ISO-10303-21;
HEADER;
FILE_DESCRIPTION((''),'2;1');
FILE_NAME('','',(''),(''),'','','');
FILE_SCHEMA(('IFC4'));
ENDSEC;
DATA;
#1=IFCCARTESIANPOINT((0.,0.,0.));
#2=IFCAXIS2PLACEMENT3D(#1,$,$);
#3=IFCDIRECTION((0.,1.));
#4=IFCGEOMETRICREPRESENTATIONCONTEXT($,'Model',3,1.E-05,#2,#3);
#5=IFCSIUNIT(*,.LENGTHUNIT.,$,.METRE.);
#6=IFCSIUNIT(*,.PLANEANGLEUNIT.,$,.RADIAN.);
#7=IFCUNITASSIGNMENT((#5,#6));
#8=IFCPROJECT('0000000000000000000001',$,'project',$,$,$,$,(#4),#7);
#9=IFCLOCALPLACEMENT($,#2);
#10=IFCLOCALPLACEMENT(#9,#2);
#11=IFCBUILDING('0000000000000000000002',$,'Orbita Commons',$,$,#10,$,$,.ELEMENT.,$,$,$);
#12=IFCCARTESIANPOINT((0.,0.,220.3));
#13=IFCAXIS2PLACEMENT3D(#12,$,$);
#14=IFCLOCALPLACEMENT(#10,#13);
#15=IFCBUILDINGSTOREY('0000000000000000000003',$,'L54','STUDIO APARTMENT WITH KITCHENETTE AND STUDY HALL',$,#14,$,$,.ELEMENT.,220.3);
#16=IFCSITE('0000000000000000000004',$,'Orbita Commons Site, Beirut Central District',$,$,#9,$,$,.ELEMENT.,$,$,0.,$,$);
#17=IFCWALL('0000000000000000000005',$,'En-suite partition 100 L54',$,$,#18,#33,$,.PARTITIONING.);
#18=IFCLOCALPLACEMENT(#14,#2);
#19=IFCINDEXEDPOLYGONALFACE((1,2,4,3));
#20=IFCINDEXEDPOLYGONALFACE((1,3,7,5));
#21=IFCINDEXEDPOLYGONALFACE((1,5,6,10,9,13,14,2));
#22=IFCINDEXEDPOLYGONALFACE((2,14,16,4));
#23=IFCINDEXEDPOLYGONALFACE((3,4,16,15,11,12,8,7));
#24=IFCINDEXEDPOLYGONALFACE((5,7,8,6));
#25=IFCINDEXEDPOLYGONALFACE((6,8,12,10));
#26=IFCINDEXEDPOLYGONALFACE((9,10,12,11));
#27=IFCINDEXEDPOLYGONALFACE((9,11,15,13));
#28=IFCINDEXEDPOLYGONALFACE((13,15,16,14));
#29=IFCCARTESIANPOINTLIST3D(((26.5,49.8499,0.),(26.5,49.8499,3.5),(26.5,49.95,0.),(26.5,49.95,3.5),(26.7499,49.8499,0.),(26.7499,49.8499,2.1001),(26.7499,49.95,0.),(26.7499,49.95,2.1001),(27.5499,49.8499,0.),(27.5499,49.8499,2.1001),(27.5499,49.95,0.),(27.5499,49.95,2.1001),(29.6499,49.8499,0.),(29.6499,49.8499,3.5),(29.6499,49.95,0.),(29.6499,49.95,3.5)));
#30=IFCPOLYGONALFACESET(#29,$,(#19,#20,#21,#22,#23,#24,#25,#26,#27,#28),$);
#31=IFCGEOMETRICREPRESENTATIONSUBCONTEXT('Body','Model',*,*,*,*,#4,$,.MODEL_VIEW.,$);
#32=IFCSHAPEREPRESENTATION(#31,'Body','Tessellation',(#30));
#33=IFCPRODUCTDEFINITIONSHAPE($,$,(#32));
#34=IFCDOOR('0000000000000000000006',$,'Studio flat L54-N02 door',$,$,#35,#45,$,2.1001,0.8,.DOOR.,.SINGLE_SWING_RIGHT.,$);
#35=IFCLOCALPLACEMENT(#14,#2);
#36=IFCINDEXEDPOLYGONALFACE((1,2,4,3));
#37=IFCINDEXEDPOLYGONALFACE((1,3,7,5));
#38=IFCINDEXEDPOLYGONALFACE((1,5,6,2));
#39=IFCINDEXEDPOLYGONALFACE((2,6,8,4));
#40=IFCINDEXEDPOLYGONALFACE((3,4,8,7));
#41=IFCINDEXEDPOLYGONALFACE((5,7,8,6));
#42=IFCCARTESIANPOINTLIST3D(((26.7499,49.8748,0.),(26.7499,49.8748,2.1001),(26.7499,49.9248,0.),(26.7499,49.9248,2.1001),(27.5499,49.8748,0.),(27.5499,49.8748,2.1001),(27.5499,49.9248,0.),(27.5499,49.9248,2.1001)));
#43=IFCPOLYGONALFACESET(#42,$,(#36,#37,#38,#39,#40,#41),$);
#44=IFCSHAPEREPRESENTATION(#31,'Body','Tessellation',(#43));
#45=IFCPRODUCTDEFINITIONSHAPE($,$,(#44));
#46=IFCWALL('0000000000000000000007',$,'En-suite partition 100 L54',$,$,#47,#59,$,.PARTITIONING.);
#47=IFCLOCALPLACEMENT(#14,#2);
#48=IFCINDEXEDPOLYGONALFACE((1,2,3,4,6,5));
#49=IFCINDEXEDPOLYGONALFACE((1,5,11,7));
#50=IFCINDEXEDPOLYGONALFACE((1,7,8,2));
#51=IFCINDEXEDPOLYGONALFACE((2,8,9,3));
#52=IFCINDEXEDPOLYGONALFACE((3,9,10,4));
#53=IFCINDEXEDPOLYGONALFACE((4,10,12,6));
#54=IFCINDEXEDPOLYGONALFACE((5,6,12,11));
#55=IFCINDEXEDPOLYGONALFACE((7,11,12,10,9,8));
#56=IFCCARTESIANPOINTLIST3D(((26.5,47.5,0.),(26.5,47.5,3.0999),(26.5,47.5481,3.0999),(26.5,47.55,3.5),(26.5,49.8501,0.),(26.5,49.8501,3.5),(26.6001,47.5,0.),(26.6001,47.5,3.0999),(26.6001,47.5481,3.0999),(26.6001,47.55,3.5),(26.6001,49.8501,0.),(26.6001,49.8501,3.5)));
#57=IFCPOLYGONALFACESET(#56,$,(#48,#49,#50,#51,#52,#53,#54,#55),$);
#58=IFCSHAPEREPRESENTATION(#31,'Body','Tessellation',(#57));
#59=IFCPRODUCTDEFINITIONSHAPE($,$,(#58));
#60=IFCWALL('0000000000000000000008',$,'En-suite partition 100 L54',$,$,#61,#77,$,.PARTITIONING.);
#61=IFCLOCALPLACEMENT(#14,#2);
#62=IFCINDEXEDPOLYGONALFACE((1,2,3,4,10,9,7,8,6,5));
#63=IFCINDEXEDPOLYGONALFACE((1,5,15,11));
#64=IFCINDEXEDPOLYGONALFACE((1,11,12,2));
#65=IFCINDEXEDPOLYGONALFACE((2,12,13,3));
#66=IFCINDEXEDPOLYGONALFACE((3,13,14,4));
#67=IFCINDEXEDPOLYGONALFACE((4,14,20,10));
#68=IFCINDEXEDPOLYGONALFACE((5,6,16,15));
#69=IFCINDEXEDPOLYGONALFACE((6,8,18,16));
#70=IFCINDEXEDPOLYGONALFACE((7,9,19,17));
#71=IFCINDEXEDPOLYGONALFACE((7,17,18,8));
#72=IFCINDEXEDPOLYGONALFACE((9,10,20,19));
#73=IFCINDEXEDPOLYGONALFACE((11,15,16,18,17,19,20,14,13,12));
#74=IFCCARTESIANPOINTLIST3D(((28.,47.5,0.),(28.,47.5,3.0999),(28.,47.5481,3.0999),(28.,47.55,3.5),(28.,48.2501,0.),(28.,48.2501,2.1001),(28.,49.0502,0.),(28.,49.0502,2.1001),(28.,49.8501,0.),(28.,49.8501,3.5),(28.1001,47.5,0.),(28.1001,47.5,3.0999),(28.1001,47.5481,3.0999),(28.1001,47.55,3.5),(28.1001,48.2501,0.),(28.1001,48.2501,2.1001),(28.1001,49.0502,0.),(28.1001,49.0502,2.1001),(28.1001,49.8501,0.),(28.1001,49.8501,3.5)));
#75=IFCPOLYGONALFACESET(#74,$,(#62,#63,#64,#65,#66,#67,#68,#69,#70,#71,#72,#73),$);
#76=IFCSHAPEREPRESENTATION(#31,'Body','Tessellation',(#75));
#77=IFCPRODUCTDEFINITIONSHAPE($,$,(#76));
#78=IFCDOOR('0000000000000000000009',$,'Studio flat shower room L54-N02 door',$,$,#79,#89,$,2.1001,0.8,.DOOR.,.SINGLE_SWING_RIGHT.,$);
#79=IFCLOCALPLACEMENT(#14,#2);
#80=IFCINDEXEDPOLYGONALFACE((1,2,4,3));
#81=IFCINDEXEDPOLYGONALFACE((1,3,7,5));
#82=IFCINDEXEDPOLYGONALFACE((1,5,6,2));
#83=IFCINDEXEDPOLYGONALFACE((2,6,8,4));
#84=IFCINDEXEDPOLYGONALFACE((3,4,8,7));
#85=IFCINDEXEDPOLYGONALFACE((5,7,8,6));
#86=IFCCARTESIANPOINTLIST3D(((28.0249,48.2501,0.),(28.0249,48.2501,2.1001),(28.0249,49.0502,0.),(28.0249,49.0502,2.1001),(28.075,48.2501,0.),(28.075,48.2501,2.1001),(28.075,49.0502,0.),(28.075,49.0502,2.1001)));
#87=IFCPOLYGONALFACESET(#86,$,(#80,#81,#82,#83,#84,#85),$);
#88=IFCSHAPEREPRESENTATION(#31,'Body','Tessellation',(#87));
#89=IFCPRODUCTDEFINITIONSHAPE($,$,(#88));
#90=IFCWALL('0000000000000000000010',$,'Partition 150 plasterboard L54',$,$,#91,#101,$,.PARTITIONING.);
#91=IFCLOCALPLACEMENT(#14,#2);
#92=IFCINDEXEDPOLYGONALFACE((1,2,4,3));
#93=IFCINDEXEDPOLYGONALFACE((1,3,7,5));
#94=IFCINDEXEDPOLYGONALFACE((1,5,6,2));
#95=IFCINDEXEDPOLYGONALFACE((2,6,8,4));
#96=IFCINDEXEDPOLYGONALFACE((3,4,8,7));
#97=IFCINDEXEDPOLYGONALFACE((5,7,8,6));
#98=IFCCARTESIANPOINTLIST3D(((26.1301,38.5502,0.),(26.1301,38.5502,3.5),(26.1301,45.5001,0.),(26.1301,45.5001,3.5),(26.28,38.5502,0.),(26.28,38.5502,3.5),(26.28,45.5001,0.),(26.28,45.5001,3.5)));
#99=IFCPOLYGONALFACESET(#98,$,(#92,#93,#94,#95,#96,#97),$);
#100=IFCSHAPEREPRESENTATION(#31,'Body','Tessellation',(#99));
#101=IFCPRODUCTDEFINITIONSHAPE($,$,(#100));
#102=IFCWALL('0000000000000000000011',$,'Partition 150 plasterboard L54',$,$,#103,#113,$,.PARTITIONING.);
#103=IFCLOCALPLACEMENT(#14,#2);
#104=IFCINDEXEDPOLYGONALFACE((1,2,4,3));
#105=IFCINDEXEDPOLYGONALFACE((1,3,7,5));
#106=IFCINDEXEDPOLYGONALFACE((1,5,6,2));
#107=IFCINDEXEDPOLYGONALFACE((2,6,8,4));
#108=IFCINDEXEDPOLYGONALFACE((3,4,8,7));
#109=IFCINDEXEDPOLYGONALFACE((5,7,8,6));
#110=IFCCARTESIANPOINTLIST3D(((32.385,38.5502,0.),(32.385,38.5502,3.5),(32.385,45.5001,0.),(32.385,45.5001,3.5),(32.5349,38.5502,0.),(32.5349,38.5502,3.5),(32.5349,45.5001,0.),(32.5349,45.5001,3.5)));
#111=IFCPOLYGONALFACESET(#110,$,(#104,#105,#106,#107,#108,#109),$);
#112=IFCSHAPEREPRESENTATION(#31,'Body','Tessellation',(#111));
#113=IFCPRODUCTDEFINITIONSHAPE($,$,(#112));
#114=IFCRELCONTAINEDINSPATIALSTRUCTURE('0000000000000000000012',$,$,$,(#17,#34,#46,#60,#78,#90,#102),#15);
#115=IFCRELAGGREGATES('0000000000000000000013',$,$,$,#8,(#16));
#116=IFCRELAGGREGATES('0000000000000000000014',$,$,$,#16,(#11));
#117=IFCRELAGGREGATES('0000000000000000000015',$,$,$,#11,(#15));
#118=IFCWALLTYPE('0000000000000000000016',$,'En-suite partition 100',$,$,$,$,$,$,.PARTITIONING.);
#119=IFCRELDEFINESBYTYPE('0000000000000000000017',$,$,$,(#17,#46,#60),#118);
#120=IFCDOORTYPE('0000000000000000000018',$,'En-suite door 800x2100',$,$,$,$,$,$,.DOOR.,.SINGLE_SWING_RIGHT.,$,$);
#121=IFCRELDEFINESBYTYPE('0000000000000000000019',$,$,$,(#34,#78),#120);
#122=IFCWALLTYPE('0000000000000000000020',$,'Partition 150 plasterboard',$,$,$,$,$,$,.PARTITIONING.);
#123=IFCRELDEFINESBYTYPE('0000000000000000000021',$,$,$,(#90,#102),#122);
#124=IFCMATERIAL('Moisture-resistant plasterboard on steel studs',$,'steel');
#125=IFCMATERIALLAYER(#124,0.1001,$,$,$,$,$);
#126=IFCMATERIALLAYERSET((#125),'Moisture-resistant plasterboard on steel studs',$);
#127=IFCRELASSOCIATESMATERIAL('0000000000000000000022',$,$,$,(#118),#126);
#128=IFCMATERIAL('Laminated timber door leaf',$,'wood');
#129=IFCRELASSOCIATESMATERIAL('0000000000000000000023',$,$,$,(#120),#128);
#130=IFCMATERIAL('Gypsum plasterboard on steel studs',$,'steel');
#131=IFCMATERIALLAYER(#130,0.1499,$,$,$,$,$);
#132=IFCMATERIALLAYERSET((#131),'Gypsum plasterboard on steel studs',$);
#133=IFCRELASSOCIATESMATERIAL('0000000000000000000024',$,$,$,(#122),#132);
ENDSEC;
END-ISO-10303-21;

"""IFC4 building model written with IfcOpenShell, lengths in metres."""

from ifc_helpers import new_model, si_unit, direction, frame, frame_2d, origin, place, context, subcontext, project, spatial, polyline, rectangle, outline, extrude, material, layer, layer_set, type_object, element, fill, save


model = new_model("IFC4")

# Units and contexts
model_context = context("Model", 3, precision=1e-05, world=origin(), true_north=direction((0.0, 1.0)))
body_context = subcontext(model_context, "Body", "Model", "MODEL_VIEW")
ifc_project = project(units=[si_unit("LENGTHUNIT", "METRE"), si_unit("PLANEANGLEUNIT", "RADIAN")], contexts=[model_context])

# Site, building, storey
site_placement = place(None, origin())
site = spatial("IfcSite", under=ifc_project, at=site_placement, Name="Orbita Commons Site, Beirut Central District", CompositionType="ELEMENT", RefElevation=0.0)
building_placement = place(site_placement, origin())
building = spatial("IfcBuilding", under=site, at=building_placement, Name="Orbita Commons", CompositionType="ELEMENT")
storey_placement = place(building_placement, frame((0.0, 0.0, 220.3)))
storey = spatial("IfcBuildingStorey", under=building, at=storey_placement, Name="L54", Description="STUDIO APARTMENT WITH KITCHENETTE AND STUDY HALL", CompositionType="ELEMENT", Elevation=220.3)

# Wall, opening, door
ifc_material_1 = material(Name="Moisture-resistant plasterboard on steel studs", Category="steel")
ifc_layer_1 = layer(ifc_material_1, 0.1001)
ifc_layer_set_1 = layer_set([ifc_layer_1], Name="Moisture-resistant plasterboard on steel studs")
wall_type_1 = type_object("IfcWallType", Name="En-suite partition 100", PredefinedType="PARTITIONING", material=ifc_layer_set_1)
wall_1_placement = place(storey_placement, frame((26.5, 49.8999, 0.0), z_axis=(0.0, 0.0, 1.0), x_axis=(1.0, 0.0, 0.0)))
wall_1 = element("IfcWall", 1, at=wall_1_placement, inside=storey, type_object=wall_type_1, Name="En-suite partition 100 L54", PredefinedType="PARTITIONING", context=body_context, shape_type="SweptSolid", body=[
    extrude(rectangle(XDim=3.1499, YDim=0.1001, at=frame_2d((1.575, 0.0))), origin(), (0.0, 0.0, 1.0), 3.5),
])
opening_1_placement = place(wall_1_placement, frame((0.25, 0.0, 0.0)))
opening_1 = element("IfcOpeningElement", 2, at=opening_1_placement, cuts=wall_1, PredefinedType="OPENING", context=body_context, shape_type="SweptSolid", body=[
    extrude(rectangle(XDim=0.8, YDim=2.1001, at=frame_2d((0.3999, 1.05))), frame((0.0, 0.0601, 0.0), z_axis=(0.0, -1.0, 0.0), x_axis=(1.0, 0.0, 0.0)), (0.0, 0.0, 1.0), 0.1201),
])
ifc_material_2 = material(Name="Laminated timber door leaf", Category="wood")
door_type_1 = type_object("IfcDoorType", Name="En-suite door 800x2100", OperationType="SINGLE_SWING_RIGHT", PredefinedType="DOOR", material=ifc_material_2)
door_1_placement = place(opening_1_placement, origin())
door_1 = element("IfcDoor", 3, at=door_1_placement, inside=storey, type_object=door_type_1, Name="Studio flat L54-N02 door", OperationType="SINGLE_SWING_RIGHT", OverallHeight=2.1001, OverallWidth=0.8, PredefinedType="DOOR", context=body_context, shape_type="SweptSolid", body=[
    extrude(rectangle(XDim=0.8, YDim=2.1001, at=frame_2d((0.3999, 1.05))), frame((0.0, 0.0249, 0.0), z_axis=(0.0, -1.0, 0.0), x_axis=(1.0, 0.0, 0.0)), (0.0, 0.0, 1.0), 0.05),
])
fill(opening_1, door_1)

# Wall
wall_2_placement = place(storey_placement, frame((26.55, 49.8501, 0.0), z_axis=(0.0, 0.0, 1.0), x_axis=(0.0, -1.0, 0.0)))
element("IfcWall", 4, at=wall_2_placement, inside=storey, type_object=wall_type_1, Name="En-suite partition 100 L54", PredefinedType="PARTITIONING", context=body_context, shape_type="SweptSolid", body=[
    extrude(outline(polyline([(0.0, 0.0), (2.3501, 0.0), (2.3501, 3.0999), (2.302, 3.0999), (2.3, 3.5), (0.0, 3.5), (0.0, 0.0)])), frame((0.0, 0.05, 0.0), z_axis=(0.0, -1.0, 0.0), x_axis=(1.0, 0.0, 0.0)), (0.0, 0.0, 1.0), 0.1001),
])

# Wall, opening, door
wall_3_placement = place(storey_placement, frame((28.05, 49.8501, 0.0), z_axis=(0.0, 0.0, 1.0), x_axis=(0.0, -1.0, 0.0)))
wall_3 = element("IfcWall", 5, at=wall_3_placement, inside=storey, type_object=wall_type_1, Name="En-suite partition 100 L54", PredefinedType="PARTITIONING", context=body_context, shape_type="SweptSolid", body=[
    extrude(outline(polyline([(0.0, 0.0), (2.3501, 0.0), (2.3501, 3.0999), (2.302, 3.0999), (2.3, 3.5), (0.0, 3.5), (0.0, 0.0)])), frame((0.0, 0.05, 0.0), z_axis=(0.0, -1.0, 0.0), x_axis=(1.0, 0.0, 0.0)), (0.0, 0.0, 1.0), 0.1001),
])
opening_2_placement = place(wall_3_placement, frame((0.8, 0.0, 0.0)))
opening_2 = element("IfcOpeningElement", 6, at=opening_2_placement, cuts=wall_3, PredefinedType="OPENING", context=body_context, shape_type="SweptSolid", body=[
    extrude(rectangle(XDim=0.8, YDim=2.1001, at=frame_2d((0.3999, 1.05))), frame((0.0, 0.0601, 0.0), z_axis=(0.0, -1.0, 0.0), x_axis=(1.0, 0.0, 0.0)), (0.0, 0.0, 1.0), 0.1201),
])
door_2_placement = place(opening_2_placement, origin())
door_2 = element("IfcDoor", 7, at=door_2_placement, inside=storey, type_object=door_type_1, Name="Studio flat shower room L54-N02 door", OperationType="SINGLE_SWING_RIGHT", OverallHeight=2.1001, OverallWidth=0.8, PredefinedType="DOOR", context=body_context, shape_type="SweptSolid", body=[
    extrude(rectangle(XDim=0.8, YDim=2.1001, at=frame_2d((0.3999, 1.05))), frame((0.0, 0.0249, 0.0), z_axis=(0.0, -1.0, 0.0), x_axis=(1.0, 0.0, 0.0)), (0.0, 0.0, 1.0), 0.05),
])
fill(opening_2, door_2)

# Walls
ifc_material_3 = material(Name="Gypsum plasterboard on steel studs", Category="steel")
ifc_layer_2 = layer(ifc_material_3, 0.1499)
ifc_layer_set_2 = layer_set([ifc_layer_2], Name="Gypsum plasterboard on steel studs")
wall_type_2 = type_object("IfcWallType", Name="Partition 150 plasterboard", PredefinedType="PARTITIONING", material=ifc_layer_set_2)
for number, where, z_axis, x_axis, name in (
    (8, (26.2051, 38.55, 0.0), (0.0, 0.0, 1.0), (0.0, 1.0, 0.0), "Partition 150 plasterboard L54"),
    (9, (32.46, 38.55, 0.0), (0.0, 0.0, 1.0), (0.0, 1.0, 0.0), "Partition 150 plasterboard L54"),
):
    element("IfcWall", number, at=place(storey_placement, frame(where, z_axis=z_axis, x_axis=x_axis)), inside=storey, type_object=wall_type_2, Name=name, PredefinedType="PARTITIONING", context=body_context, shape_type="SweptSolid", body=[
        extrude(rectangle(XDim=6.95, YDim=0.1499, at=frame_2d((3.4751, 0.0))), origin(), (0.0, 0.0, 1.0), 3.5),
    ])

save(model, "model.ifc")
